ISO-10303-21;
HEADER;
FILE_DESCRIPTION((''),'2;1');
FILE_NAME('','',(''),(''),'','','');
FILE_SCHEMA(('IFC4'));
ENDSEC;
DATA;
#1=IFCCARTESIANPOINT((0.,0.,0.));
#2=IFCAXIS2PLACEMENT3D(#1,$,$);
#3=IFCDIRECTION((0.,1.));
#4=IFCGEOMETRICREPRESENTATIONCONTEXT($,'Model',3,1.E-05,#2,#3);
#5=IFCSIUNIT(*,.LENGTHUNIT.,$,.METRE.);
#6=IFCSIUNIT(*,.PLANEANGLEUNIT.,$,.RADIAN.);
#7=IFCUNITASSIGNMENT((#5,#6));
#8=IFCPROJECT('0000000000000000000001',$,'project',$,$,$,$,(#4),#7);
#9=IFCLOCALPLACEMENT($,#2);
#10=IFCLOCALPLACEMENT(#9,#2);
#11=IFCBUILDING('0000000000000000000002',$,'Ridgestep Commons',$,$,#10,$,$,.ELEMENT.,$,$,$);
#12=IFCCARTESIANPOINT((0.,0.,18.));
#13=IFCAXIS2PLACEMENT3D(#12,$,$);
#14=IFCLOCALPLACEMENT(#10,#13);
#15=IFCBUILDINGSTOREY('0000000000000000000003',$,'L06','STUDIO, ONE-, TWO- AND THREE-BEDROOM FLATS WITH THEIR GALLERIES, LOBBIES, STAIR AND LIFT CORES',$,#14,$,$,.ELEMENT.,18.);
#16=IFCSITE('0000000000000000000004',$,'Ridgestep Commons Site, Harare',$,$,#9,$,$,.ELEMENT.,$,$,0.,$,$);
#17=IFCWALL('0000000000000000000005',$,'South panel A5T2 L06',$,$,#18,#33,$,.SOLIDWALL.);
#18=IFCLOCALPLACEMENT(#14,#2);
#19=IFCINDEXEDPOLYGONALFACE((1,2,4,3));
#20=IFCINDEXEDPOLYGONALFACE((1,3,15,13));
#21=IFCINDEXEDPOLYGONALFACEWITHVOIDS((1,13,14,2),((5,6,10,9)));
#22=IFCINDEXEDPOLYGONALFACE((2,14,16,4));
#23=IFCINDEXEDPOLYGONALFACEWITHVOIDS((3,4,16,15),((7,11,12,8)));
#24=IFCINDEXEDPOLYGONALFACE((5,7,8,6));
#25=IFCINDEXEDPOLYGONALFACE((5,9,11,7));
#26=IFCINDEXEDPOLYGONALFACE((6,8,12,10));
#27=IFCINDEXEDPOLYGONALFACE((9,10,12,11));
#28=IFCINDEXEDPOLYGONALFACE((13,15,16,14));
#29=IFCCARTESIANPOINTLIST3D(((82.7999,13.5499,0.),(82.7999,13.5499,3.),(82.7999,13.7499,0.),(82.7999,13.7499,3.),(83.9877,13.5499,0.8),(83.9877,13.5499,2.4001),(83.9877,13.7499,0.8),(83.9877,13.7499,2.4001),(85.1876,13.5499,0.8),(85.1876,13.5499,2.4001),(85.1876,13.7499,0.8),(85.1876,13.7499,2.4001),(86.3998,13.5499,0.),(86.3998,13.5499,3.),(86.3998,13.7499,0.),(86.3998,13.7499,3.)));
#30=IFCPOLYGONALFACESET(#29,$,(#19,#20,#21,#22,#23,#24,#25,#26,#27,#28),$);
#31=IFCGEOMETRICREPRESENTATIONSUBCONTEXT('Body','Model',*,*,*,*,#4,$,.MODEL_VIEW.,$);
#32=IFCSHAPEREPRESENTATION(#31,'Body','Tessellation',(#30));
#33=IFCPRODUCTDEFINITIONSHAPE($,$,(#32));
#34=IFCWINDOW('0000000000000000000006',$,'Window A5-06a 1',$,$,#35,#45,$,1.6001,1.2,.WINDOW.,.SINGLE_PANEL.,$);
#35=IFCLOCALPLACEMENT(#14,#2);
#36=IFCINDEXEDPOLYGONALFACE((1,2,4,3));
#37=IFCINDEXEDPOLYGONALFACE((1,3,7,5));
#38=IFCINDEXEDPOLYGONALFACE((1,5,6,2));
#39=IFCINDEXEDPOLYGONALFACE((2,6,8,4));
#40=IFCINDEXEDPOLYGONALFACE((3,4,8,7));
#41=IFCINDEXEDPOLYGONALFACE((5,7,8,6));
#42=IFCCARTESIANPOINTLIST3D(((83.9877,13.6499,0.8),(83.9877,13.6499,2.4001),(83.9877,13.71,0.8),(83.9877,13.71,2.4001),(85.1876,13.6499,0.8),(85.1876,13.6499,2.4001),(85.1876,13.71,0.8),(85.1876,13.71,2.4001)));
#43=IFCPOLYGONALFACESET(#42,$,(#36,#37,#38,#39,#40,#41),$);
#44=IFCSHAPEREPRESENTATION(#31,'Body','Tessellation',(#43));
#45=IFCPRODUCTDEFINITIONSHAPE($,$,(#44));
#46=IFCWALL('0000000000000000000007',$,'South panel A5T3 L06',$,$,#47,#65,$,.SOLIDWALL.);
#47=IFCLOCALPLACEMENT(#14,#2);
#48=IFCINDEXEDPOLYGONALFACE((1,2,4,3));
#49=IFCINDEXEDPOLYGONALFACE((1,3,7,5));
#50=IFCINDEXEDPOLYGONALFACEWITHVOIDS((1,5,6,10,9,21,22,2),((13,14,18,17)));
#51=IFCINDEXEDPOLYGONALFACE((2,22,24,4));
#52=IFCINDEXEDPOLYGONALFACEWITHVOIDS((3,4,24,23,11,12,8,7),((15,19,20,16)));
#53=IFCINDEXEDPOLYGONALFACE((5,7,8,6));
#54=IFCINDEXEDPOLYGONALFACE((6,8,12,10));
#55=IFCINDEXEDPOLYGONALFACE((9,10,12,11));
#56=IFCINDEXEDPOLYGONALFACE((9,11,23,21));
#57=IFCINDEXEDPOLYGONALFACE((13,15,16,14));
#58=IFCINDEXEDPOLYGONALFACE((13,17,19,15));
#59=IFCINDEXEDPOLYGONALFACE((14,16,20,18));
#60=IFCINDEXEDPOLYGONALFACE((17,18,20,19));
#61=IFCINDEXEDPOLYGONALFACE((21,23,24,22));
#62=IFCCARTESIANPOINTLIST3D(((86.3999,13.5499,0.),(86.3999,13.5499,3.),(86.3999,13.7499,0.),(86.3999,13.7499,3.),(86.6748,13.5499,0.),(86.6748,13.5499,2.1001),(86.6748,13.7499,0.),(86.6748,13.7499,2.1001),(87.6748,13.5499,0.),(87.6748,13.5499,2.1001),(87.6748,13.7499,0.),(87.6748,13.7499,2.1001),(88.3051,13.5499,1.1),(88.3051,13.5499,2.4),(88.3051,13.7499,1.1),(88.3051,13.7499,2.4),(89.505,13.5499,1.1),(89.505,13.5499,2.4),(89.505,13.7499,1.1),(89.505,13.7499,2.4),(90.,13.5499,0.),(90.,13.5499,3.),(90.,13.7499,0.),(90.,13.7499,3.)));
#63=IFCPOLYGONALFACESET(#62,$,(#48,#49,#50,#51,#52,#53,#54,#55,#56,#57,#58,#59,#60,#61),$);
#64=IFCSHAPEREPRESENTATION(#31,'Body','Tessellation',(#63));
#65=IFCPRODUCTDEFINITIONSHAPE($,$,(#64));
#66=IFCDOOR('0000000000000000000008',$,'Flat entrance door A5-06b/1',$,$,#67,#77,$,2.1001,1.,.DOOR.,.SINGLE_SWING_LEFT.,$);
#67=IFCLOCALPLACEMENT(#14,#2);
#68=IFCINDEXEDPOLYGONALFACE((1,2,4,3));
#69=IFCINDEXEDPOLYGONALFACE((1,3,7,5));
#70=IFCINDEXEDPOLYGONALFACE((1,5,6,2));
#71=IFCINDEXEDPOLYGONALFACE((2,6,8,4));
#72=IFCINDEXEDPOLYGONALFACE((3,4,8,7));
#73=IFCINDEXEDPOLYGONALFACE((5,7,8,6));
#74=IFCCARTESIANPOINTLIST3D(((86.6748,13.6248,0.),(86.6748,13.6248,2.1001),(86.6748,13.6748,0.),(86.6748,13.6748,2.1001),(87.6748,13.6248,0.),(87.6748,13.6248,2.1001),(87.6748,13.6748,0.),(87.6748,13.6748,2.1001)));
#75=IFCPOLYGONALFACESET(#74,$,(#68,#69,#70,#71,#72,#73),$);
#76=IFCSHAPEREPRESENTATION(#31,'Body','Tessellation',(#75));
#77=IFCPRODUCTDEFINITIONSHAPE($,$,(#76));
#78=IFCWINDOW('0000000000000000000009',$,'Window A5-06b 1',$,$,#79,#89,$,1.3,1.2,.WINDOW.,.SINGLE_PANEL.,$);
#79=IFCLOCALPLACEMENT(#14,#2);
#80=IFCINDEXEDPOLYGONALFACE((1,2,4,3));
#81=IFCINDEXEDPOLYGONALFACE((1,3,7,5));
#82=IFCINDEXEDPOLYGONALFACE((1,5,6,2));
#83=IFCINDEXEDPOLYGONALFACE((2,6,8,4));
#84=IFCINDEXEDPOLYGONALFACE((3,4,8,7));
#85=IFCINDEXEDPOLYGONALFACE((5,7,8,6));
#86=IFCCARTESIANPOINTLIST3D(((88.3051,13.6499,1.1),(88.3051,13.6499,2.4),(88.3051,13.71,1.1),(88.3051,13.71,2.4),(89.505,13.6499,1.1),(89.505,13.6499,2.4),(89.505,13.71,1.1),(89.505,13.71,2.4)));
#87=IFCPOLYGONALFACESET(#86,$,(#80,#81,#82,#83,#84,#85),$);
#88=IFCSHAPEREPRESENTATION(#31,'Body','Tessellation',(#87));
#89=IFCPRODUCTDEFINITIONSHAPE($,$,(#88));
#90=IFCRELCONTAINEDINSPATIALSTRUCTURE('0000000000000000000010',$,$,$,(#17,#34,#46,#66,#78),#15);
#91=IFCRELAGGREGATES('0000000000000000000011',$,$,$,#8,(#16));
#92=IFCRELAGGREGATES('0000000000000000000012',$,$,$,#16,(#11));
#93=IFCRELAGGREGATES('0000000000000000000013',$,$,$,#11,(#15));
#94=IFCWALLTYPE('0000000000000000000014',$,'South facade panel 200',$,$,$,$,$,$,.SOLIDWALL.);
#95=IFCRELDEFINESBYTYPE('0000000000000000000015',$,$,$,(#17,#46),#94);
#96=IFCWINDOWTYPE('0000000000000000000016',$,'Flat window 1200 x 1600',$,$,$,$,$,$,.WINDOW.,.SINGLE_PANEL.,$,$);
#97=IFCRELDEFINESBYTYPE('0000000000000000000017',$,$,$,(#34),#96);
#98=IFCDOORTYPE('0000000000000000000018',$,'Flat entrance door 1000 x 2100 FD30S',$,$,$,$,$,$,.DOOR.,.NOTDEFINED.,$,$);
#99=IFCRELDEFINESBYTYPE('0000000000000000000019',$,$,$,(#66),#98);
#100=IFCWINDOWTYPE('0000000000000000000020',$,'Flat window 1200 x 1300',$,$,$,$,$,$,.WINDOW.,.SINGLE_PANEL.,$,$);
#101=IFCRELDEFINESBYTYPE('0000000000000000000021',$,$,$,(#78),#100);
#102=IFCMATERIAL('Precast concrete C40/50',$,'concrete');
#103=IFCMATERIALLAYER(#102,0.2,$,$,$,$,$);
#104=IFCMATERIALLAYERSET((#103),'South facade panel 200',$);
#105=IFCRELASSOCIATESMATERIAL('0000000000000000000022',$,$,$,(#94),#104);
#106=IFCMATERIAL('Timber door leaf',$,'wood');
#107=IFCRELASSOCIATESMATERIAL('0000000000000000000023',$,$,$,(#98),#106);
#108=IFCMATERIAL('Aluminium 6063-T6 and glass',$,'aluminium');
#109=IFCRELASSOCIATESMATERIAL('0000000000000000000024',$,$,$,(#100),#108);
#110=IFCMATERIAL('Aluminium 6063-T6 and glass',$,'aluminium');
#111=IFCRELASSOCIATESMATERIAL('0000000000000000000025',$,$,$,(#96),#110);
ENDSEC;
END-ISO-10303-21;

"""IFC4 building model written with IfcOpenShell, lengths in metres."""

from ifc_helpers import new_model, si_unit, direction, frame, frame_2d, origin, place, context, subcontext, project, spatial, rectangle, extrude, material, layer, layer_set, type_object, element, fill, save


model = new_model("IFC4")

# Units and contexts
model_context = context("Model", 3, precision=1e-05, world=origin(), true_north=direction((0.0, 1.0)))
body_context = subcontext(model_context, "Body", "Model", "MODEL_VIEW")
ifc_project = project(units=[si_unit("LENGTHUNIT", "METRE"), si_unit("PLANEANGLEUNIT", "RADIAN")], contexts=[model_context])

# Site, building, storey
site_placement = place(None, origin())
site = spatial("IfcSite", under=ifc_project, at=site_placement, Name="Ridgestep Commons Site, Harare", CompositionType="ELEMENT", RefElevation=0.0)
building_placement = place(site_placement, origin())
building = spatial("IfcBuilding", under=site, at=building_placement, Name="Ridgestep Commons", CompositionType="ELEMENT")
storey_placement = place(building_placement, frame((0.0, 0.0, 18.0)))
storey = spatial("IfcBuildingStorey", under=building, at=storey_placement, Name="L06", Description="STUDIO, ONE-, TWO- AND THREE-BEDROOM FLATS WITH THEIR GALLERIES, LOBBIES, STAIR AND LIFT CORES", CompositionType="ELEMENT", Elevation=18.0)

# Shared definitions
ifc_material_1 = material(Name="Precast concrete C40/50", Category="concrete")
ifc_layer_1 = layer(ifc_material_1, 0.2)
ifc_layer_set_1 = layer_set([ifc_layer_1], Name="South facade panel 200")
wall_type_1 = type_object("IfcWallType", Name="South facade panel 200", PredefinedType="SOLIDWALL", material=ifc_layer_set_1)
ifc_material_2 = material(Name="Timber door leaf", Category="wood")
door_type_1 = type_object("IfcDoorType", Name="Flat entrance door 1000 x 2100 FD30S", OperationType="NOTDEFINED", PredefinedType="DOOR", material=ifc_material_2)
ifc_material_3 = material(Name="Aluminium 6063-T6 and glass", Category="aluminium")
window_type_1 = type_object("IfcWindowType", Name="Flat window 1200 x 1300", PartitioningType="SINGLE_PANEL", PredefinedType="WINDOW", material=ifc_material_3)

# Wall, opening, window
wall_1_placement = place(storey_placement, frame((82.8, 13.6499, 0.0), z_axis=(0.0, 0.0, 1.0), x_axis=(1.0, 0.0, 0.0)))
wall_1 = element("IfcWall", 1, at=wall_1_placement, inside=storey, type_object=wall_type_1, Name="South panel A5T2 L06", PredefinedType="SOLIDWALL", context=body_context, shape_type="SweptSolid", body=[
    extrude(rectangle(XDim=3.5999, YDim=0.2, at=frame_2d((1.7998, 0.0))), origin(), (0.0, 0.0, 1.0), 3.0),
])
opening_1_placement = place(wall_1_placement, frame((1.1875, 0.0, 0.8)))
opening_1 = element("IfcOpeningElement", 2, at=opening_1_placement, cuts=wall_1, PredefinedType="OPENING", context=body_context, shape_type="SweptSolid", body=[
    extrude(rectangle(XDim=1.2, YDim=1.6001, at=frame_2d((0.6001, 0.8))), frame((0.0, 0.1099, 0.0), z_axis=(0.0, -1.0, 0.0), x_axis=(1.0, 0.0, 0.0)), (0.0, 0.0, 1.0), 0.22),
])
ifc_material_4 = material(Name="Aluminium 6063-T6 and glass", Category="aluminium")
window_type_2 = type_object("IfcWindowType", Name="Flat window 1200 x 1600", PartitioningType="SINGLE_PANEL", PredefinedType="WINDOW", material=ifc_material_4)
window_1_placement = place(opening_1_placement, origin())
window_1 = element("IfcWindow", 3, at=window_1_placement, inside=storey, type_object=window_type_2, Name="Window A5-06a 1", OverallHeight=1.6001, OverallWidth=1.2, PartitioningType="SINGLE_PANEL", PredefinedType="WINDOW", context=body_context, shape_type="SweptSolid", body=[
    extrude(rectangle(XDim=1.2, YDim=1.6001, at=frame_2d((0.6001, 0.8))), frame((0.0, 0.0601, 0.0), z_axis=(0.0, -1.0, 0.0), x_axis=(1.0, 0.0, 0.0)), (0.0, 0.0, 1.0), 0.0601),
])
fill(opening_1, window_1)

# Wall, openings, door, window
wall_2_placement = place(storey_placement, frame((86.3999, 13.6499, 0.0), z_axis=(0.0, 0.0, 1.0), x_axis=(1.0, 0.0, 0.0)))
wall_2 = element("IfcWall", 4, at=wall_2_placement, inside=storey, type_object=wall_type_1, Name="South panel A5T3 L06", PredefinedType="SOLIDWALL", context=body_context, shape_type="SweptSolid", body=[
    extrude(rectangle(XDim=3.6001, YDim=0.2, at=frame_2d((1.8, 0.0))), origin(), (0.0, 0.0, 1.0), 3.0),
])
opening_2_placement = place(wall_2_placement, frame((1.905, 0.0, 1.1001)))
opening_2 = element("IfcOpeningElement", 5, at=opening_2_placement, cuts=wall_2, PredefinedType="OPENING", context=body_context, shape_type="SweptSolid", body=[
    extrude(rectangle(XDim=1.2, YDim=1.3, at=frame_2d((0.6001, 0.6499))), frame((0.0, 0.1099, 0.0), z_axis=(0.0, -1.0, 0.0), x_axis=(1.0, 0.0, 0.0)), (0.0, 0.0, 1.0), 0.22),
])
opening_3_placement = place(wall_2_placement, frame((0.2749, 0.0, 0.0)))
opening_3 = element("IfcOpeningElement", 6, at=opening_3_placement, cuts=wall_2, PredefinedType="OPENING", context=body_context, shape_type="SweptSolid", body=[
    extrude(rectangle(XDim=1.0, YDim=2.1001, at=frame_2d((0.5, 1.05))), frame((0.0, 0.1099, 0.0), z_axis=(0.0, -1.0, 0.0), x_axis=(1.0, 0.0, 0.0)), (0.0, 0.0, 1.0), 0.22),
])
door_1_placement = place(opening_3_placement, origin())
door_1 = element("IfcDoor", 7, at=door_1_placement, inside=storey, type_object=door_type_1, Name="Flat entrance door A5-06b/1", OperationType="SINGLE_SWING_LEFT", OverallHeight=2.1001, OverallWidth=1.0, PredefinedType="DOOR", context=body_context, shape_type="SweptSolid", body=[
    extrude(rectangle(XDim=1.0, YDim=2.1001, at=frame_2d((0.5, 1.05))), frame((0.0, 0.0249, 0.0), z_axis=(0.0, -1.0, 0.0), x_axis=(1.0, 0.0, 0.0)), (0.0, 0.0, 1.0), 0.05),
])
fill(opening_3, door_1)
window_2_placement = place(opening_2_placement, origin())
window_2 = element("IfcWindow", 8, at=window_2_placement, inside=storey, type_object=window_type_1, Name="Window A5-06b 1", OverallHeight=1.3, OverallWidth=1.2, PartitioningType="SINGLE_PANEL", PredefinedType="WINDOW", context=body_context, shape_type="SweptSolid", body=[
    extrude(rectangle(XDim=1.2, YDim=1.3, at=frame_2d((0.6001, 0.6499))), frame((0.0, 0.0601, 0.0), z_axis=(0.0, -1.0, 0.0), x_axis=(1.0, 0.0, 0.0)), (0.0, 0.0, 1.0), 0.0601),
])
fill(opening_2, window_2)

save(model, "model.ifc")
